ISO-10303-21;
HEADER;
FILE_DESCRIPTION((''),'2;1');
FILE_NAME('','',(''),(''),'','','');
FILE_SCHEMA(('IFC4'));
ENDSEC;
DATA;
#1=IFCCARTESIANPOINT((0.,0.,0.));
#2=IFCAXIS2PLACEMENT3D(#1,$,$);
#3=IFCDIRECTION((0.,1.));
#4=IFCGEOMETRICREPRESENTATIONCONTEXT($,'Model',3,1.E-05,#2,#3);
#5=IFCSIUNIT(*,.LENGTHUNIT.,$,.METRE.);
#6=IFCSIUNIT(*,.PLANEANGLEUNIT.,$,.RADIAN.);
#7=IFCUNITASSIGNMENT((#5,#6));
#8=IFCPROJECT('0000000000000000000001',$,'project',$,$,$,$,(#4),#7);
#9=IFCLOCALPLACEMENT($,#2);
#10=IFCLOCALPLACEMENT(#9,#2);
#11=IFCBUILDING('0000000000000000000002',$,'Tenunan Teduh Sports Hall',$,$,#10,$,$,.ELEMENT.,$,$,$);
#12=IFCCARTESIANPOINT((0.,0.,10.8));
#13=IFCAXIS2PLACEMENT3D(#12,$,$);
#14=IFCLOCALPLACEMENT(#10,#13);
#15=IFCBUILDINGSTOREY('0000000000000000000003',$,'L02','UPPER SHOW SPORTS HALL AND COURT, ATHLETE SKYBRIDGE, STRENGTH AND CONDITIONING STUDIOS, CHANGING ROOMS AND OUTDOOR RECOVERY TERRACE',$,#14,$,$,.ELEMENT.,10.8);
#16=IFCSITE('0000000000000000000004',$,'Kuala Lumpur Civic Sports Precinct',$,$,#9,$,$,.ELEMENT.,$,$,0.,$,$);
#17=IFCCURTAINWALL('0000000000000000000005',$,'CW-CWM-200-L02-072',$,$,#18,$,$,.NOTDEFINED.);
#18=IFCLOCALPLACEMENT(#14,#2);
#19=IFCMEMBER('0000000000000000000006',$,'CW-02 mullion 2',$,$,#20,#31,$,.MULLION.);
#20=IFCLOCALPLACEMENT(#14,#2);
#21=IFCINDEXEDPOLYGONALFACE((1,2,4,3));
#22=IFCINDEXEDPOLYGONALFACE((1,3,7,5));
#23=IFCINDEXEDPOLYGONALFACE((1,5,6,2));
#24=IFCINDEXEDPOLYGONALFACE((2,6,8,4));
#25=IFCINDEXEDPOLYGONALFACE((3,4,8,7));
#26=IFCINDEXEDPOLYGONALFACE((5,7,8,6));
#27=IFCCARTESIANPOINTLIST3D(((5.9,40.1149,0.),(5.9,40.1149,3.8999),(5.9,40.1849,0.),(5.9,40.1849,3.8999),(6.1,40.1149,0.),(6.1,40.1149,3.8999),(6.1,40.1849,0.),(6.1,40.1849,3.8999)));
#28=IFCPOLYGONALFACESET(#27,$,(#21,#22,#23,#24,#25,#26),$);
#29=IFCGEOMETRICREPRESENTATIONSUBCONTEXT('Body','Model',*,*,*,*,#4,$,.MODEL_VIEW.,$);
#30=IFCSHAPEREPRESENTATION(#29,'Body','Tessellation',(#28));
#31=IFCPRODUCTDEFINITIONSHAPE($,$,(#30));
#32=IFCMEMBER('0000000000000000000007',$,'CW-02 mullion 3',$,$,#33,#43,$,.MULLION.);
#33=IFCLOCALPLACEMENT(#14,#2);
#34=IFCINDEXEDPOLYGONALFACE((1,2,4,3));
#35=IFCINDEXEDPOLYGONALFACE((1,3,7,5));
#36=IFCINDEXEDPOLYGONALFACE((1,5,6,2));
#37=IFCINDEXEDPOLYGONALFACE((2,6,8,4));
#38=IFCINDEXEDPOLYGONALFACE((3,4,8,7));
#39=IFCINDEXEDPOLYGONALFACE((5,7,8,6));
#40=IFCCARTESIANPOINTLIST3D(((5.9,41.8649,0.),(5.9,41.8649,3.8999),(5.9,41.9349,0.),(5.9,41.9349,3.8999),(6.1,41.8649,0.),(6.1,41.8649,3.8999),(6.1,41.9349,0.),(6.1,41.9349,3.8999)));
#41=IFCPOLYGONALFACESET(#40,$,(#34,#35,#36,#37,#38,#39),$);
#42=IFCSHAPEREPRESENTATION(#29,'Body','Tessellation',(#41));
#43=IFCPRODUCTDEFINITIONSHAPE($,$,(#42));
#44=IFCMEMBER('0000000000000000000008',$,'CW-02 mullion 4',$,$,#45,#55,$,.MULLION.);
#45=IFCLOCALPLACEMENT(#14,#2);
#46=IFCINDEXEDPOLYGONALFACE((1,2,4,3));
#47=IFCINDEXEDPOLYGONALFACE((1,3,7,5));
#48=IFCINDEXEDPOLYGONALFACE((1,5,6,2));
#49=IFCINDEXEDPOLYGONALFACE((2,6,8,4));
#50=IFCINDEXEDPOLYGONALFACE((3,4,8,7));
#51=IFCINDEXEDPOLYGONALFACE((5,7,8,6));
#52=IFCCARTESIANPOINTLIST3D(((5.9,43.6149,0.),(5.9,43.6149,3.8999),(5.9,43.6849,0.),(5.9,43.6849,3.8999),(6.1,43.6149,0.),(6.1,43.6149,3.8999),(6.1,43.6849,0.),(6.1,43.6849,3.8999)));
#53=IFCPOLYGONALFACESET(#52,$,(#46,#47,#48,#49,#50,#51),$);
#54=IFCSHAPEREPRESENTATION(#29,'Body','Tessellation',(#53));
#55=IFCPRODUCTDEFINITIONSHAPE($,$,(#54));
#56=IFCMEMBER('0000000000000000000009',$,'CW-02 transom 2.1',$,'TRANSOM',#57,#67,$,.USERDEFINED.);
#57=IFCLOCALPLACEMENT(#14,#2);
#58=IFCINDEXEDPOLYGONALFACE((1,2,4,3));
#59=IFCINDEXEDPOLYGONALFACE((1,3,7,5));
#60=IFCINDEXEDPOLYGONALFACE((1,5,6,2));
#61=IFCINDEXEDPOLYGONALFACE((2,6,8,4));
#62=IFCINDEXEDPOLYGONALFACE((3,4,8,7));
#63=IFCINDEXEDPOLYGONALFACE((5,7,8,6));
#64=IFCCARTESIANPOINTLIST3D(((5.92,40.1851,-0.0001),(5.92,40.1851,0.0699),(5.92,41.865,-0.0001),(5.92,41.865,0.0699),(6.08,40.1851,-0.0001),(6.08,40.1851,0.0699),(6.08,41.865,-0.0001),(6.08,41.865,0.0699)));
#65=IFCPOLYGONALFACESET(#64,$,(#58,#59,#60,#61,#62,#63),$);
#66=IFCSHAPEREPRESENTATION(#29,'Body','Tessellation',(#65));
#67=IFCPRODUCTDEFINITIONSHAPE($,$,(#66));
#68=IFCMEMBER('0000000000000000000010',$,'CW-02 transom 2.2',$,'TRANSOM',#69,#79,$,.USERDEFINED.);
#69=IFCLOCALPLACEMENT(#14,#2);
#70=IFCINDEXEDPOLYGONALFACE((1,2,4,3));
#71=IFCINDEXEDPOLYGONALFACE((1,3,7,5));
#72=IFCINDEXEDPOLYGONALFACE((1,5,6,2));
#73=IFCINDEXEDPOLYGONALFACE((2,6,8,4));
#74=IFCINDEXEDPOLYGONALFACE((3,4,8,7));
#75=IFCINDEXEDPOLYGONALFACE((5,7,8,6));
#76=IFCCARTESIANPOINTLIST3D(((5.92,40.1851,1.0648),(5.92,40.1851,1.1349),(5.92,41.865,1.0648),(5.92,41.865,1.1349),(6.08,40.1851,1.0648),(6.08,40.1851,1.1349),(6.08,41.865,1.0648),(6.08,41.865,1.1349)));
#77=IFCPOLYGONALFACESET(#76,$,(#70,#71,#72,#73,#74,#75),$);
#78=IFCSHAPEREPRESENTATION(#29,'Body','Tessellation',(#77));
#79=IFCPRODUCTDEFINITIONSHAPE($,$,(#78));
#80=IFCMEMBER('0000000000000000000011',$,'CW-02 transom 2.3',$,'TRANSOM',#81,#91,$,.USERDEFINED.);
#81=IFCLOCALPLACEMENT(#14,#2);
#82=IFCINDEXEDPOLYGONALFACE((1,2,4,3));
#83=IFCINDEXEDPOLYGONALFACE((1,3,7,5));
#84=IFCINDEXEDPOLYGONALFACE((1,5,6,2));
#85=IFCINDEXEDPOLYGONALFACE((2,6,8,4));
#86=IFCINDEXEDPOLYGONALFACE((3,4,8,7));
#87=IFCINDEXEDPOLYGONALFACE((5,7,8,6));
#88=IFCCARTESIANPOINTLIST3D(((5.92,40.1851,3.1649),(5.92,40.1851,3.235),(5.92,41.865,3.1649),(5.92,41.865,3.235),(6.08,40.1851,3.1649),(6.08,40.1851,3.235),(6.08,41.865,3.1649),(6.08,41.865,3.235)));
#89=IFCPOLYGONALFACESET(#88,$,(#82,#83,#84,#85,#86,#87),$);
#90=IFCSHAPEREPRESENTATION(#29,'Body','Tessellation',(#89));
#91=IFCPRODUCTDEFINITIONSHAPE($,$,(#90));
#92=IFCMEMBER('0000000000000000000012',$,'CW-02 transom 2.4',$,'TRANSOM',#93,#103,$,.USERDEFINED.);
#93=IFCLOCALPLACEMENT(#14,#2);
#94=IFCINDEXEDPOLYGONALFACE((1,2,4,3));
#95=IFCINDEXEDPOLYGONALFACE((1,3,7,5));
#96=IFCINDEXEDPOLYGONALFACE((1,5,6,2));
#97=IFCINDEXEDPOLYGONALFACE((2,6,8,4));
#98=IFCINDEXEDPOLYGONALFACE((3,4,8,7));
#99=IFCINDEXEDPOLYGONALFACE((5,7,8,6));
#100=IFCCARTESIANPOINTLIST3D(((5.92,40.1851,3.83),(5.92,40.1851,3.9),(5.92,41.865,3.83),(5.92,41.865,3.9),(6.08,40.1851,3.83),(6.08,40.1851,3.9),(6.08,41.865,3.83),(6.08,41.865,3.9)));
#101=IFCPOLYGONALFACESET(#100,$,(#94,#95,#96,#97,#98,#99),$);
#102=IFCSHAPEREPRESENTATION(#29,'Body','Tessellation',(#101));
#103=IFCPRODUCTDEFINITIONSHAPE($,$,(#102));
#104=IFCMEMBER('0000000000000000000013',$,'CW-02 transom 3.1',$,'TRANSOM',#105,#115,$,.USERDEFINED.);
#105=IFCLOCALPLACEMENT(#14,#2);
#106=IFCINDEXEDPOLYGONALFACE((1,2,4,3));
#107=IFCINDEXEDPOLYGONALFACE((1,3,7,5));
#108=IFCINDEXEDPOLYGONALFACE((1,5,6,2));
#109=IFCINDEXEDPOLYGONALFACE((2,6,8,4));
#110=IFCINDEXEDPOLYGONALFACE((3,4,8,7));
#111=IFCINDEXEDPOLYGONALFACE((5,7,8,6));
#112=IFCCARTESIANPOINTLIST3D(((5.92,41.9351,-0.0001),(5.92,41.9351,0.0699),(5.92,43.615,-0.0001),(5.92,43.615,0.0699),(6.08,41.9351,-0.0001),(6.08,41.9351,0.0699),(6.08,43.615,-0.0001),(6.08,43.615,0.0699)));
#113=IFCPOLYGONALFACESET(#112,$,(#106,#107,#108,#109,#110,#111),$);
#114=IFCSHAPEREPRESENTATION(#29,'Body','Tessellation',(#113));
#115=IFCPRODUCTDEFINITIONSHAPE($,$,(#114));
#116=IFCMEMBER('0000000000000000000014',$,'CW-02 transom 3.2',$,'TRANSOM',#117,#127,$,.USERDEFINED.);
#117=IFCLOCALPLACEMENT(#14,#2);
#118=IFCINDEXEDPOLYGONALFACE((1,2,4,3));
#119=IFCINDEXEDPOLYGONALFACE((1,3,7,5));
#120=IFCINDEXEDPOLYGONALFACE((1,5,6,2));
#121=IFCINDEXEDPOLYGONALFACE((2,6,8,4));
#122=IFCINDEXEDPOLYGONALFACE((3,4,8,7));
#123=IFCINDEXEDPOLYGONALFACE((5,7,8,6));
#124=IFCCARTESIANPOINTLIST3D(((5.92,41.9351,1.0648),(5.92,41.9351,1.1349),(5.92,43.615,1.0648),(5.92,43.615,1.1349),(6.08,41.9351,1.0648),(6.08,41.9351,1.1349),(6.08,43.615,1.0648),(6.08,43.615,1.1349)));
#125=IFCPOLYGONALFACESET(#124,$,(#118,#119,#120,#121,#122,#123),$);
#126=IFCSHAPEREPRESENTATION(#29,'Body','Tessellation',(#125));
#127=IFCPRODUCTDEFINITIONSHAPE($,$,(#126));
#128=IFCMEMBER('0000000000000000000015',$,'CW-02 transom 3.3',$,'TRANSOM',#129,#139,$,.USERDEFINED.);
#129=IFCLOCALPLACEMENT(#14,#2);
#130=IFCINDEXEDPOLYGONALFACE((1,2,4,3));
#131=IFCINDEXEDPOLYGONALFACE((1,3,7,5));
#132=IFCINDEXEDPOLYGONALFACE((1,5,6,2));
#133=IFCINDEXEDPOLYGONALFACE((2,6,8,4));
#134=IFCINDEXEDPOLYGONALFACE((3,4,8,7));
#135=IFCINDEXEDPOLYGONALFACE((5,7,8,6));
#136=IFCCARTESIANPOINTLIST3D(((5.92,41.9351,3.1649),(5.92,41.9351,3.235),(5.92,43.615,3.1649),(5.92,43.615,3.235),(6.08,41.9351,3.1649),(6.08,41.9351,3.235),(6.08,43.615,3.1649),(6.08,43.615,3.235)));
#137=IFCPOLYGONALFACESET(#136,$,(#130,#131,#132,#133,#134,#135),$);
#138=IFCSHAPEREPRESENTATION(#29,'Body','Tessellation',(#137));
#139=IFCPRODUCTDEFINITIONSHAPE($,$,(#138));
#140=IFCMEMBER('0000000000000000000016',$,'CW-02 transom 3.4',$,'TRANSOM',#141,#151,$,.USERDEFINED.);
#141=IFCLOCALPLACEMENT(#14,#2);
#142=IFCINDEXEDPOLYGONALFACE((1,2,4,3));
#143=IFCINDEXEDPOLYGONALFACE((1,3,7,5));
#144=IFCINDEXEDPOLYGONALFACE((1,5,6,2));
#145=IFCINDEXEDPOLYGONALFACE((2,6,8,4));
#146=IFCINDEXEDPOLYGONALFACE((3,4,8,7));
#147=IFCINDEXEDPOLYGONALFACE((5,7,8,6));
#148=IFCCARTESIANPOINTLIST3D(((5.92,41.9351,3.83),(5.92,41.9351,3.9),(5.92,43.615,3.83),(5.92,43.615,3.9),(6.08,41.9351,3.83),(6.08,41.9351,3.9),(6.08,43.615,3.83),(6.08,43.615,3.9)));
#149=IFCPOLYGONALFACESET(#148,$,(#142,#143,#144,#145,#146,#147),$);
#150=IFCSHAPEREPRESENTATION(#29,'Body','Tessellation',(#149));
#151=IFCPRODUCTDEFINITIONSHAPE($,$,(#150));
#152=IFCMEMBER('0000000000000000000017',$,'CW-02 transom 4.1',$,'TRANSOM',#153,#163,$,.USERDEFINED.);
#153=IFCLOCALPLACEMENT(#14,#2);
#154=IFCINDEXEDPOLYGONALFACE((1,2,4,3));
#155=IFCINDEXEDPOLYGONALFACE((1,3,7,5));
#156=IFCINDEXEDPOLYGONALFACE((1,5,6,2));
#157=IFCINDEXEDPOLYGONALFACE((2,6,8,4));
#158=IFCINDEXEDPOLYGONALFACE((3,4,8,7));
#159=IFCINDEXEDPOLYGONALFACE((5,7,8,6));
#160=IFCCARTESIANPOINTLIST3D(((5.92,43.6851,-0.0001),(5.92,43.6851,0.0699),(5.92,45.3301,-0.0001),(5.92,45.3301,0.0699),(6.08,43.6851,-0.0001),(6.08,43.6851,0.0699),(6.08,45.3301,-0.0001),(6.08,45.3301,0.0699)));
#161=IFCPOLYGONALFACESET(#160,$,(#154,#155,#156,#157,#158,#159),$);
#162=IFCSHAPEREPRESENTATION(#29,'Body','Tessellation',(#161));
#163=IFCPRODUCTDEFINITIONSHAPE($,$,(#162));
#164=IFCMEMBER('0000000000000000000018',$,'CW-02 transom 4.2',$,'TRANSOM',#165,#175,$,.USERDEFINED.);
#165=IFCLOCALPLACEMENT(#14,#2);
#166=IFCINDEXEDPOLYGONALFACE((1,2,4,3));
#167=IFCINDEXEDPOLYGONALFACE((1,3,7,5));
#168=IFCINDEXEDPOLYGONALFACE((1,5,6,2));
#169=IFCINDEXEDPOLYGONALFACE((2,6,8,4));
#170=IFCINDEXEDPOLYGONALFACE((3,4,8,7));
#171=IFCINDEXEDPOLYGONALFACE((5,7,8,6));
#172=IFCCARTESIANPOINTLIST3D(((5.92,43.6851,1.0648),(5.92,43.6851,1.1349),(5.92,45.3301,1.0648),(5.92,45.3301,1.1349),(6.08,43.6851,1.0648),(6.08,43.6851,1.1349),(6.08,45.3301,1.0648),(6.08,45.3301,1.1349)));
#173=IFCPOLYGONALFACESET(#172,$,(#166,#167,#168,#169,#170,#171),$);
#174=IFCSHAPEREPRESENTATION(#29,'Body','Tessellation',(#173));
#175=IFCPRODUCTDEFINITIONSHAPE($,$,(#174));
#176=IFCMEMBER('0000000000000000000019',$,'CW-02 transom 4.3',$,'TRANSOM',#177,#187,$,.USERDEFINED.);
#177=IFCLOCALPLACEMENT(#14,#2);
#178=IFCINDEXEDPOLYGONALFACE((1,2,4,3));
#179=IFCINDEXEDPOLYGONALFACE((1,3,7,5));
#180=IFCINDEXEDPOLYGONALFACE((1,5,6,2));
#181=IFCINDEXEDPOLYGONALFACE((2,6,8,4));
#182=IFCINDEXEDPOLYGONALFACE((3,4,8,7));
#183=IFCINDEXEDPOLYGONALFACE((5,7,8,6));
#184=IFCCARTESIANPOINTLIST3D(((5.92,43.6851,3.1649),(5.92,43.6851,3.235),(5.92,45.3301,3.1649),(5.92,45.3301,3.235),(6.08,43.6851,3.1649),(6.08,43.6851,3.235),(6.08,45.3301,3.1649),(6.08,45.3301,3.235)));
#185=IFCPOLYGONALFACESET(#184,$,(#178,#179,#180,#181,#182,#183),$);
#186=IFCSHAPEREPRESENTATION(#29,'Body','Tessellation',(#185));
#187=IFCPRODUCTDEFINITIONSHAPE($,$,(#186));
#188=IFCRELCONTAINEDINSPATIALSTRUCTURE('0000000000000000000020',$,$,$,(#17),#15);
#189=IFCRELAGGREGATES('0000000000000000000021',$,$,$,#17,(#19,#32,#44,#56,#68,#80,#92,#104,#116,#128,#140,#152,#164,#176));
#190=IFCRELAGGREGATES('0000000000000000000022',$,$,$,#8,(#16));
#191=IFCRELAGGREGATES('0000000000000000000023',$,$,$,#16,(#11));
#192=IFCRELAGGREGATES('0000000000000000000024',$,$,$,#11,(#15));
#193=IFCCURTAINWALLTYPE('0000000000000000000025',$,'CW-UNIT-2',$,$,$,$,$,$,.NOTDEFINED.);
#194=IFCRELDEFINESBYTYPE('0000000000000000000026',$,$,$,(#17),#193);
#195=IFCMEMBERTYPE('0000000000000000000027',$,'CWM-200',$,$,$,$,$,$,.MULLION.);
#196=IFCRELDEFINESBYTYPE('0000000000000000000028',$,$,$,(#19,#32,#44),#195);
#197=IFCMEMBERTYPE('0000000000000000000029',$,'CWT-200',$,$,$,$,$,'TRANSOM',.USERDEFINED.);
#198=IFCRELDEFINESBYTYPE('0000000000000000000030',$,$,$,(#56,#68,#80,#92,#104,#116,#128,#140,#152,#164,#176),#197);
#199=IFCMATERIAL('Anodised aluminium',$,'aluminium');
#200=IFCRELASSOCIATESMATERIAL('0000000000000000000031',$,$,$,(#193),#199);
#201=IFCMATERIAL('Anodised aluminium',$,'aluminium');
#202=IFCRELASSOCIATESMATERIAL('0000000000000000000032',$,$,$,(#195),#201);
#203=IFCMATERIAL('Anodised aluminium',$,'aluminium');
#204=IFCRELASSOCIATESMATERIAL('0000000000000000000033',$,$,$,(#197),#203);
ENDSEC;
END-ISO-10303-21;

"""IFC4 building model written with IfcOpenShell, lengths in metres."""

from ifc_helpers import new_model, si_unit, direction, frame, origin, origin_2d, place, context, subcontext, project, spatial, rectangle, extrude, material, material_profile, profile_set, type_object, element, aggregate, save


model = new_model("IFC4")

# Units and contexts
model_context = context("Model", 3, precision=1e-05, world=origin(), true_north=direction((0.0, 1.0)))
body_context = subcontext(model_context, "Body", "Model", "MODEL_VIEW")
ifc_project = project(units=[si_unit("LENGTHUNIT", "METRE"), si_unit("PLANEANGLEUNIT", "RADIAN")], contexts=[model_context])

# Site, building, storey
site_placement = place(None, origin())
site = spatial("IfcSite", under=ifc_project, at=site_placement, Name="Kuala Lumpur Civic Sports Precinct", CompositionType="ELEMENT", RefElevation=0.0)
building_placement = place(site_placement, origin())
building = spatial("IfcBuilding", under=site, at=building_placement, Name="Tenunan Teduh Sports Hall", CompositionType="ELEMENT")
storey_placement = place(building_placement, frame((0.0, 0.0, 10.8)))
storey = spatial("IfcBuildingStorey", under=building, at=storey_placement, Name="L02", Description="UPPER SHOW SPORTS HALL AND COURT, ATHLETE SKYBRIDGE, STRENGTH AND CONDITIONING STUDIOS, CHANGING ROOMS AND OUTDOOR RECOVERY TERRACE", CompositionType="ELEMENT", Elevation=10.8)

# Curtain wall, members
ifc_material_1 = material(Name="Anodised aluminium", Category="aluminium")
curtain_wall_type = type_object("IfcCurtainWallType", Name="CW-UNIT-2", PredefinedType="NOTDEFINED", material=ifc_material_1)
curtain_wall_placement = place(storey_placement, origin())
curtain_wall = element("IfcCurtainWall", 1, at=curtain_wall_placement, inside=storey, type_object=curtain_wall_type, Name="CW-CWM-200-L02-072", PredefinedType="NOTDEFINED")
ifc_material_2 = material(Name="Anodised aluminium", Category="aluminium")
ifc_material_profile_1 = material_profile(ifc_material_2, rectangle(XDim=0.0701, YDim=0.2, at=origin_2d()), Name="CWM 70x200")
ifc_profile_set_1 = profile_set([ifc_material_profile_1], Name="Anodised aluminium")
member_type_1 = type_object("IfcMemberType", Name="CWM-200", PredefinedType="MULLION", material=ifc_profile_set_1)
member_1_placement = place(storey_placement, frame((6.0, 40.1499, 0.0), z_axis=(0.0, 0.0, 1.0), x_axis=(0.0, 1.0, 0.0)))
member_1 = element("IfcMember", 2, at=member_1_placement, type_object=member_type_1, Name="CW-02 mullion 2", PredefinedType="MULLION", context=body_context, shape_type="SweptSolid", body=[
    extrude(rectangle(XDim=0.0701, YDim=0.2, at=origin_2d()), origin(), (0.0, 0.0, 1.0), 3.8999),
])
member_2_placement = place(storey_placement, frame((6.0, 41.8999, 0.0), z_axis=(0.0, 0.0, 1.0), x_axis=(0.0, 1.0, 0.0)))
member_2 = element("IfcMember", 3, at=member_2_placement, type_object=member_type_1, Name="CW-02 mullion 3", PredefinedType="MULLION", context=body_context, shape_type="SweptSolid", body=[
    extrude(rectangle(XDim=0.0701, YDim=0.2, at=origin_2d()), origin(), (0.0, 0.0, 1.0), 3.8999),
])
member_3_placement = place(storey_placement, frame((6.0, 43.6499, 0.0), z_axis=(0.0, 0.0, 1.0), x_axis=(0.0, 1.0, 0.0)))
member_3 = element("IfcMember", 4, at=member_3_placement, type_object=member_type_1, Name="CW-02 mullion 4", PredefinedType="MULLION", context=body_context, shape_type="SweptSolid", body=[
    extrude(rectangle(XDim=0.0701, YDim=0.2, at=origin_2d()), origin(), (0.0, 0.0, 1.0), 3.8999),
])
ifc_material_3 = material(Name="Anodised aluminium", Category="aluminium")
ifc_material_profile_2 = material_profile(ifc_material_3, rectangle(XDim=0.0701, YDim=0.1599, at=origin_2d()), Name="CWT 70x160")
ifc_profile_set_2 = profile_set([ifc_material_profile_2], Name="Anodised aluminium")
member_type_2 = type_object("IfcMemberType", Name="CWT-200", ElementType="TRANSOM", PredefinedType="USERDEFINED", material=ifc_profile_set_2)
member_4_placement = place(storey_placement, frame((6.0, 40.1851, 0.0349), z_axis=(0.0, 1.0, 0.0), x_axis=(0.0, 0.0, 1.0)))
member_4 = element("IfcMember", 5, at=member_4_placement, type_object=member_type_2, Name="CW-02 transom 2.1", ObjectType="TRANSOM", PredefinedType="USERDEFINED", context=body_context, shape_type="SweptSolid", body=[
    extrude(rectangle(XDim=0.0701, YDim=0.1599, at=origin_2d()), origin(), (0.0, 0.0, 1.0), 1.6799),
])
member_5_placement = place(storey_placement, frame((6.0, 40.1851, 1.0999), z_axis=(0.0, 1.0, 0.0), x_axis=(0.0, 0.0, 1.0)))
member_5 = element("IfcMember", 6, at=member_5_placement, type_object=member_type_2, Name="CW-02 transom 2.2", ObjectType="TRANSOM", PredefinedType="USERDEFINED", context=body_context, shape_type="SweptSolid", body=[
    extrude(rectangle(XDim=0.0701, YDim=0.1599, at=origin_2d()), origin(), (0.0, 0.0, 1.0), 1.6799),
])
member_6_placement = place(storey_placement, frame((6.0, 40.1851, 3.2), z_axis=(0.0, 1.0, 0.0), x_axis=(0.0, 0.0, 1.0)))
member_6 = element("IfcMember", 7, at=member_6_placement, type_object=member_type_2, Name="CW-02 transom 2.3", ObjectType="TRANSOM", PredefinedType="USERDEFINED", context=body_context, shape_type="SweptSolid", body=[
    extrude(rectangle(XDim=0.0701, YDim=0.1599, at=origin_2d()), origin(), (0.0, 0.0, 1.0), 1.6799),
])
member_7_placement = place(storey_placement, frame((6.0, 40.1851, 3.865), z_axis=(0.0, 1.0, 0.0), x_axis=(0.0, 0.0, 1.0)))
member_7 = element("IfcMember", 8, at=member_7_placement, type_object=member_type_2, Name="CW-02 transom 2.4", ObjectType="TRANSOM", PredefinedType="USERDEFINED", context=body_context, shape_type="SweptSolid", body=[
    extrude(rectangle(XDim=0.0701, YDim=0.1599, at=origin_2d()), origin(), (0.0, 0.0, 1.0), 1.6799),
])
member_8_placement = place(storey_placement, frame((6.0, 41.9351, 0.0349), z_axis=(0.0, 1.0, 0.0), x_axis=(0.0, 0.0, 1.0)))
member_8 = element("IfcMember", 9, at=member_8_placement, type_object=member_type_2, Name="CW-02 transom 3.1", ObjectType="TRANSOM", PredefinedType="USERDEFINED", context=body_context, shape_type="SweptSolid", body=[
    extrude(rectangle(XDim=0.0701, YDim=0.1599, at=origin_2d()), origin(), (0.0, 0.0, 1.0), 1.6799),
])
member_9_placement = place(storey_placement, frame((6.0, 41.9351, 1.0999), z_axis=(0.0, 1.0, 0.0), x_axis=(0.0, 0.0, 1.0)))
member_9 = element("IfcMember", 10, at=member_9_placement, type_object=member_type_2, Name="CW-02 transom 3.2", ObjectType="TRANSOM", PredefinedType="USERDEFINED", context=body_context, shape_type="SweptSolid", body=[
    extrude(rectangle(XDim=0.0701, YDim=0.1599, at=origin_2d()), origin(), (0.0, 0.0, 1.0), 1.6799),
])
member_10_placement = place(storey_placement, frame((6.0, 41.9351, 3.2), z_axis=(0.0, 1.0, 0.0), x_axis=(0.0, 0.0, 1.0)))
member_10 = element("IfcMember", 11, at=member_10_placement, type_object=member_type_2, Name="CW-02 transom 3.3", ObjectType="TRANSOM", PredefinedType="USERDEFINED", context=body_context, shape_type="SweptSolid", body=[
    extrude(rectangle(XDim=0.0701, YDim=0.1599, at=origin_2d()), origin(), (0.0, 0.0, 1.0), 1.6799),
])
member_11_placement = place(storey_placement, frame((6.0, 41.9351, 3.865), z_axis=(0.0, 1.0, 0.0), x_axis=(0.0, 0.0, 1.0)))
member_11 = element("IfcMember", 12, at=member_11_placement, type_object=member_type_2, Name="CW-02 transom 3.4", ObjectType="TRANSOM", PredefinedType="USERDEFINED", context=body_context, shape_type="SweptSolid", body=[
    extrude(rectangle(XDim=0.0701, YDim=0.1599, at=origin_2d()), origin(), (0.0, 0.0, 1.0), 1.6799),
])
member_12_placement = place(storey_placement, frame((6.0, 43.6851, 0.0349), z_axis=(0.0, 1.0, 0.0), x_axis=(0.0, 0.0, 1.0)))
member_12 = element("IfcMember", 13, at=member_12_placement, type_object=member_type_2, Name="CW-02 transom 4.1", ObjectType="TRANSOM", PredefinedType="USERDEFINED", context=body_context, shape_type="SweptSolid", body=[
    extrude(rectangle(XDim=0.0701, YDim=0.1599, at=origin_2d()), origin(), (0.0, 0.0, 1.0), 1.645),
])
member_13_placement = place(storey_placement, frame((6.0, 43.6851, 1.0999), z_axis=(0.0, 1.0, 0.0), x_axis=(0.0, 0.0, 1.0)))
member_13 = element("IfcMember", 14, at=member_13_placement, type_object=member_type_2, Name="CW-02 transom 4.2", ObjectType="TRANSOM", PredefinedType="USERDEFINED", context=body_context, shape_type="SweptSolid", body=[
    extrude(rectangle(XDim=0.0701, YDim=0.1599, at=origin_2d()), origin(), (0.0, 0.0, 1.0), 1.645),
])
member_14_placement = place(storey_placement, frame((6.0, 43.6851, 3.2), z_axis=(0.0, 1.0, 0.0), x_axis=(0.0, 0.0, 1.0)))
member_14 = element("IfcMember", 15, at=member_14_placement, type_object=member_type_2, Name="CW-02 transom 4.3", ObjectType="TRANSOM", PredefinedType="USERDEFINED", context=body_context, shape_type="SweptSolid", body=[
    extrude(rectangle(XDim=0.0701, YDim=0.1599, at=origin_2d()), origin(), (0.0, 0.0, 1.0), 1.645),
])
aggregate(curtain_wall, [member_1, member_2, member_3, member_4, member_5, member_6, member_7, member_8, member_9, member_10, member_11, member_12, member_13, member_14])

save(model, "model.ifc")
